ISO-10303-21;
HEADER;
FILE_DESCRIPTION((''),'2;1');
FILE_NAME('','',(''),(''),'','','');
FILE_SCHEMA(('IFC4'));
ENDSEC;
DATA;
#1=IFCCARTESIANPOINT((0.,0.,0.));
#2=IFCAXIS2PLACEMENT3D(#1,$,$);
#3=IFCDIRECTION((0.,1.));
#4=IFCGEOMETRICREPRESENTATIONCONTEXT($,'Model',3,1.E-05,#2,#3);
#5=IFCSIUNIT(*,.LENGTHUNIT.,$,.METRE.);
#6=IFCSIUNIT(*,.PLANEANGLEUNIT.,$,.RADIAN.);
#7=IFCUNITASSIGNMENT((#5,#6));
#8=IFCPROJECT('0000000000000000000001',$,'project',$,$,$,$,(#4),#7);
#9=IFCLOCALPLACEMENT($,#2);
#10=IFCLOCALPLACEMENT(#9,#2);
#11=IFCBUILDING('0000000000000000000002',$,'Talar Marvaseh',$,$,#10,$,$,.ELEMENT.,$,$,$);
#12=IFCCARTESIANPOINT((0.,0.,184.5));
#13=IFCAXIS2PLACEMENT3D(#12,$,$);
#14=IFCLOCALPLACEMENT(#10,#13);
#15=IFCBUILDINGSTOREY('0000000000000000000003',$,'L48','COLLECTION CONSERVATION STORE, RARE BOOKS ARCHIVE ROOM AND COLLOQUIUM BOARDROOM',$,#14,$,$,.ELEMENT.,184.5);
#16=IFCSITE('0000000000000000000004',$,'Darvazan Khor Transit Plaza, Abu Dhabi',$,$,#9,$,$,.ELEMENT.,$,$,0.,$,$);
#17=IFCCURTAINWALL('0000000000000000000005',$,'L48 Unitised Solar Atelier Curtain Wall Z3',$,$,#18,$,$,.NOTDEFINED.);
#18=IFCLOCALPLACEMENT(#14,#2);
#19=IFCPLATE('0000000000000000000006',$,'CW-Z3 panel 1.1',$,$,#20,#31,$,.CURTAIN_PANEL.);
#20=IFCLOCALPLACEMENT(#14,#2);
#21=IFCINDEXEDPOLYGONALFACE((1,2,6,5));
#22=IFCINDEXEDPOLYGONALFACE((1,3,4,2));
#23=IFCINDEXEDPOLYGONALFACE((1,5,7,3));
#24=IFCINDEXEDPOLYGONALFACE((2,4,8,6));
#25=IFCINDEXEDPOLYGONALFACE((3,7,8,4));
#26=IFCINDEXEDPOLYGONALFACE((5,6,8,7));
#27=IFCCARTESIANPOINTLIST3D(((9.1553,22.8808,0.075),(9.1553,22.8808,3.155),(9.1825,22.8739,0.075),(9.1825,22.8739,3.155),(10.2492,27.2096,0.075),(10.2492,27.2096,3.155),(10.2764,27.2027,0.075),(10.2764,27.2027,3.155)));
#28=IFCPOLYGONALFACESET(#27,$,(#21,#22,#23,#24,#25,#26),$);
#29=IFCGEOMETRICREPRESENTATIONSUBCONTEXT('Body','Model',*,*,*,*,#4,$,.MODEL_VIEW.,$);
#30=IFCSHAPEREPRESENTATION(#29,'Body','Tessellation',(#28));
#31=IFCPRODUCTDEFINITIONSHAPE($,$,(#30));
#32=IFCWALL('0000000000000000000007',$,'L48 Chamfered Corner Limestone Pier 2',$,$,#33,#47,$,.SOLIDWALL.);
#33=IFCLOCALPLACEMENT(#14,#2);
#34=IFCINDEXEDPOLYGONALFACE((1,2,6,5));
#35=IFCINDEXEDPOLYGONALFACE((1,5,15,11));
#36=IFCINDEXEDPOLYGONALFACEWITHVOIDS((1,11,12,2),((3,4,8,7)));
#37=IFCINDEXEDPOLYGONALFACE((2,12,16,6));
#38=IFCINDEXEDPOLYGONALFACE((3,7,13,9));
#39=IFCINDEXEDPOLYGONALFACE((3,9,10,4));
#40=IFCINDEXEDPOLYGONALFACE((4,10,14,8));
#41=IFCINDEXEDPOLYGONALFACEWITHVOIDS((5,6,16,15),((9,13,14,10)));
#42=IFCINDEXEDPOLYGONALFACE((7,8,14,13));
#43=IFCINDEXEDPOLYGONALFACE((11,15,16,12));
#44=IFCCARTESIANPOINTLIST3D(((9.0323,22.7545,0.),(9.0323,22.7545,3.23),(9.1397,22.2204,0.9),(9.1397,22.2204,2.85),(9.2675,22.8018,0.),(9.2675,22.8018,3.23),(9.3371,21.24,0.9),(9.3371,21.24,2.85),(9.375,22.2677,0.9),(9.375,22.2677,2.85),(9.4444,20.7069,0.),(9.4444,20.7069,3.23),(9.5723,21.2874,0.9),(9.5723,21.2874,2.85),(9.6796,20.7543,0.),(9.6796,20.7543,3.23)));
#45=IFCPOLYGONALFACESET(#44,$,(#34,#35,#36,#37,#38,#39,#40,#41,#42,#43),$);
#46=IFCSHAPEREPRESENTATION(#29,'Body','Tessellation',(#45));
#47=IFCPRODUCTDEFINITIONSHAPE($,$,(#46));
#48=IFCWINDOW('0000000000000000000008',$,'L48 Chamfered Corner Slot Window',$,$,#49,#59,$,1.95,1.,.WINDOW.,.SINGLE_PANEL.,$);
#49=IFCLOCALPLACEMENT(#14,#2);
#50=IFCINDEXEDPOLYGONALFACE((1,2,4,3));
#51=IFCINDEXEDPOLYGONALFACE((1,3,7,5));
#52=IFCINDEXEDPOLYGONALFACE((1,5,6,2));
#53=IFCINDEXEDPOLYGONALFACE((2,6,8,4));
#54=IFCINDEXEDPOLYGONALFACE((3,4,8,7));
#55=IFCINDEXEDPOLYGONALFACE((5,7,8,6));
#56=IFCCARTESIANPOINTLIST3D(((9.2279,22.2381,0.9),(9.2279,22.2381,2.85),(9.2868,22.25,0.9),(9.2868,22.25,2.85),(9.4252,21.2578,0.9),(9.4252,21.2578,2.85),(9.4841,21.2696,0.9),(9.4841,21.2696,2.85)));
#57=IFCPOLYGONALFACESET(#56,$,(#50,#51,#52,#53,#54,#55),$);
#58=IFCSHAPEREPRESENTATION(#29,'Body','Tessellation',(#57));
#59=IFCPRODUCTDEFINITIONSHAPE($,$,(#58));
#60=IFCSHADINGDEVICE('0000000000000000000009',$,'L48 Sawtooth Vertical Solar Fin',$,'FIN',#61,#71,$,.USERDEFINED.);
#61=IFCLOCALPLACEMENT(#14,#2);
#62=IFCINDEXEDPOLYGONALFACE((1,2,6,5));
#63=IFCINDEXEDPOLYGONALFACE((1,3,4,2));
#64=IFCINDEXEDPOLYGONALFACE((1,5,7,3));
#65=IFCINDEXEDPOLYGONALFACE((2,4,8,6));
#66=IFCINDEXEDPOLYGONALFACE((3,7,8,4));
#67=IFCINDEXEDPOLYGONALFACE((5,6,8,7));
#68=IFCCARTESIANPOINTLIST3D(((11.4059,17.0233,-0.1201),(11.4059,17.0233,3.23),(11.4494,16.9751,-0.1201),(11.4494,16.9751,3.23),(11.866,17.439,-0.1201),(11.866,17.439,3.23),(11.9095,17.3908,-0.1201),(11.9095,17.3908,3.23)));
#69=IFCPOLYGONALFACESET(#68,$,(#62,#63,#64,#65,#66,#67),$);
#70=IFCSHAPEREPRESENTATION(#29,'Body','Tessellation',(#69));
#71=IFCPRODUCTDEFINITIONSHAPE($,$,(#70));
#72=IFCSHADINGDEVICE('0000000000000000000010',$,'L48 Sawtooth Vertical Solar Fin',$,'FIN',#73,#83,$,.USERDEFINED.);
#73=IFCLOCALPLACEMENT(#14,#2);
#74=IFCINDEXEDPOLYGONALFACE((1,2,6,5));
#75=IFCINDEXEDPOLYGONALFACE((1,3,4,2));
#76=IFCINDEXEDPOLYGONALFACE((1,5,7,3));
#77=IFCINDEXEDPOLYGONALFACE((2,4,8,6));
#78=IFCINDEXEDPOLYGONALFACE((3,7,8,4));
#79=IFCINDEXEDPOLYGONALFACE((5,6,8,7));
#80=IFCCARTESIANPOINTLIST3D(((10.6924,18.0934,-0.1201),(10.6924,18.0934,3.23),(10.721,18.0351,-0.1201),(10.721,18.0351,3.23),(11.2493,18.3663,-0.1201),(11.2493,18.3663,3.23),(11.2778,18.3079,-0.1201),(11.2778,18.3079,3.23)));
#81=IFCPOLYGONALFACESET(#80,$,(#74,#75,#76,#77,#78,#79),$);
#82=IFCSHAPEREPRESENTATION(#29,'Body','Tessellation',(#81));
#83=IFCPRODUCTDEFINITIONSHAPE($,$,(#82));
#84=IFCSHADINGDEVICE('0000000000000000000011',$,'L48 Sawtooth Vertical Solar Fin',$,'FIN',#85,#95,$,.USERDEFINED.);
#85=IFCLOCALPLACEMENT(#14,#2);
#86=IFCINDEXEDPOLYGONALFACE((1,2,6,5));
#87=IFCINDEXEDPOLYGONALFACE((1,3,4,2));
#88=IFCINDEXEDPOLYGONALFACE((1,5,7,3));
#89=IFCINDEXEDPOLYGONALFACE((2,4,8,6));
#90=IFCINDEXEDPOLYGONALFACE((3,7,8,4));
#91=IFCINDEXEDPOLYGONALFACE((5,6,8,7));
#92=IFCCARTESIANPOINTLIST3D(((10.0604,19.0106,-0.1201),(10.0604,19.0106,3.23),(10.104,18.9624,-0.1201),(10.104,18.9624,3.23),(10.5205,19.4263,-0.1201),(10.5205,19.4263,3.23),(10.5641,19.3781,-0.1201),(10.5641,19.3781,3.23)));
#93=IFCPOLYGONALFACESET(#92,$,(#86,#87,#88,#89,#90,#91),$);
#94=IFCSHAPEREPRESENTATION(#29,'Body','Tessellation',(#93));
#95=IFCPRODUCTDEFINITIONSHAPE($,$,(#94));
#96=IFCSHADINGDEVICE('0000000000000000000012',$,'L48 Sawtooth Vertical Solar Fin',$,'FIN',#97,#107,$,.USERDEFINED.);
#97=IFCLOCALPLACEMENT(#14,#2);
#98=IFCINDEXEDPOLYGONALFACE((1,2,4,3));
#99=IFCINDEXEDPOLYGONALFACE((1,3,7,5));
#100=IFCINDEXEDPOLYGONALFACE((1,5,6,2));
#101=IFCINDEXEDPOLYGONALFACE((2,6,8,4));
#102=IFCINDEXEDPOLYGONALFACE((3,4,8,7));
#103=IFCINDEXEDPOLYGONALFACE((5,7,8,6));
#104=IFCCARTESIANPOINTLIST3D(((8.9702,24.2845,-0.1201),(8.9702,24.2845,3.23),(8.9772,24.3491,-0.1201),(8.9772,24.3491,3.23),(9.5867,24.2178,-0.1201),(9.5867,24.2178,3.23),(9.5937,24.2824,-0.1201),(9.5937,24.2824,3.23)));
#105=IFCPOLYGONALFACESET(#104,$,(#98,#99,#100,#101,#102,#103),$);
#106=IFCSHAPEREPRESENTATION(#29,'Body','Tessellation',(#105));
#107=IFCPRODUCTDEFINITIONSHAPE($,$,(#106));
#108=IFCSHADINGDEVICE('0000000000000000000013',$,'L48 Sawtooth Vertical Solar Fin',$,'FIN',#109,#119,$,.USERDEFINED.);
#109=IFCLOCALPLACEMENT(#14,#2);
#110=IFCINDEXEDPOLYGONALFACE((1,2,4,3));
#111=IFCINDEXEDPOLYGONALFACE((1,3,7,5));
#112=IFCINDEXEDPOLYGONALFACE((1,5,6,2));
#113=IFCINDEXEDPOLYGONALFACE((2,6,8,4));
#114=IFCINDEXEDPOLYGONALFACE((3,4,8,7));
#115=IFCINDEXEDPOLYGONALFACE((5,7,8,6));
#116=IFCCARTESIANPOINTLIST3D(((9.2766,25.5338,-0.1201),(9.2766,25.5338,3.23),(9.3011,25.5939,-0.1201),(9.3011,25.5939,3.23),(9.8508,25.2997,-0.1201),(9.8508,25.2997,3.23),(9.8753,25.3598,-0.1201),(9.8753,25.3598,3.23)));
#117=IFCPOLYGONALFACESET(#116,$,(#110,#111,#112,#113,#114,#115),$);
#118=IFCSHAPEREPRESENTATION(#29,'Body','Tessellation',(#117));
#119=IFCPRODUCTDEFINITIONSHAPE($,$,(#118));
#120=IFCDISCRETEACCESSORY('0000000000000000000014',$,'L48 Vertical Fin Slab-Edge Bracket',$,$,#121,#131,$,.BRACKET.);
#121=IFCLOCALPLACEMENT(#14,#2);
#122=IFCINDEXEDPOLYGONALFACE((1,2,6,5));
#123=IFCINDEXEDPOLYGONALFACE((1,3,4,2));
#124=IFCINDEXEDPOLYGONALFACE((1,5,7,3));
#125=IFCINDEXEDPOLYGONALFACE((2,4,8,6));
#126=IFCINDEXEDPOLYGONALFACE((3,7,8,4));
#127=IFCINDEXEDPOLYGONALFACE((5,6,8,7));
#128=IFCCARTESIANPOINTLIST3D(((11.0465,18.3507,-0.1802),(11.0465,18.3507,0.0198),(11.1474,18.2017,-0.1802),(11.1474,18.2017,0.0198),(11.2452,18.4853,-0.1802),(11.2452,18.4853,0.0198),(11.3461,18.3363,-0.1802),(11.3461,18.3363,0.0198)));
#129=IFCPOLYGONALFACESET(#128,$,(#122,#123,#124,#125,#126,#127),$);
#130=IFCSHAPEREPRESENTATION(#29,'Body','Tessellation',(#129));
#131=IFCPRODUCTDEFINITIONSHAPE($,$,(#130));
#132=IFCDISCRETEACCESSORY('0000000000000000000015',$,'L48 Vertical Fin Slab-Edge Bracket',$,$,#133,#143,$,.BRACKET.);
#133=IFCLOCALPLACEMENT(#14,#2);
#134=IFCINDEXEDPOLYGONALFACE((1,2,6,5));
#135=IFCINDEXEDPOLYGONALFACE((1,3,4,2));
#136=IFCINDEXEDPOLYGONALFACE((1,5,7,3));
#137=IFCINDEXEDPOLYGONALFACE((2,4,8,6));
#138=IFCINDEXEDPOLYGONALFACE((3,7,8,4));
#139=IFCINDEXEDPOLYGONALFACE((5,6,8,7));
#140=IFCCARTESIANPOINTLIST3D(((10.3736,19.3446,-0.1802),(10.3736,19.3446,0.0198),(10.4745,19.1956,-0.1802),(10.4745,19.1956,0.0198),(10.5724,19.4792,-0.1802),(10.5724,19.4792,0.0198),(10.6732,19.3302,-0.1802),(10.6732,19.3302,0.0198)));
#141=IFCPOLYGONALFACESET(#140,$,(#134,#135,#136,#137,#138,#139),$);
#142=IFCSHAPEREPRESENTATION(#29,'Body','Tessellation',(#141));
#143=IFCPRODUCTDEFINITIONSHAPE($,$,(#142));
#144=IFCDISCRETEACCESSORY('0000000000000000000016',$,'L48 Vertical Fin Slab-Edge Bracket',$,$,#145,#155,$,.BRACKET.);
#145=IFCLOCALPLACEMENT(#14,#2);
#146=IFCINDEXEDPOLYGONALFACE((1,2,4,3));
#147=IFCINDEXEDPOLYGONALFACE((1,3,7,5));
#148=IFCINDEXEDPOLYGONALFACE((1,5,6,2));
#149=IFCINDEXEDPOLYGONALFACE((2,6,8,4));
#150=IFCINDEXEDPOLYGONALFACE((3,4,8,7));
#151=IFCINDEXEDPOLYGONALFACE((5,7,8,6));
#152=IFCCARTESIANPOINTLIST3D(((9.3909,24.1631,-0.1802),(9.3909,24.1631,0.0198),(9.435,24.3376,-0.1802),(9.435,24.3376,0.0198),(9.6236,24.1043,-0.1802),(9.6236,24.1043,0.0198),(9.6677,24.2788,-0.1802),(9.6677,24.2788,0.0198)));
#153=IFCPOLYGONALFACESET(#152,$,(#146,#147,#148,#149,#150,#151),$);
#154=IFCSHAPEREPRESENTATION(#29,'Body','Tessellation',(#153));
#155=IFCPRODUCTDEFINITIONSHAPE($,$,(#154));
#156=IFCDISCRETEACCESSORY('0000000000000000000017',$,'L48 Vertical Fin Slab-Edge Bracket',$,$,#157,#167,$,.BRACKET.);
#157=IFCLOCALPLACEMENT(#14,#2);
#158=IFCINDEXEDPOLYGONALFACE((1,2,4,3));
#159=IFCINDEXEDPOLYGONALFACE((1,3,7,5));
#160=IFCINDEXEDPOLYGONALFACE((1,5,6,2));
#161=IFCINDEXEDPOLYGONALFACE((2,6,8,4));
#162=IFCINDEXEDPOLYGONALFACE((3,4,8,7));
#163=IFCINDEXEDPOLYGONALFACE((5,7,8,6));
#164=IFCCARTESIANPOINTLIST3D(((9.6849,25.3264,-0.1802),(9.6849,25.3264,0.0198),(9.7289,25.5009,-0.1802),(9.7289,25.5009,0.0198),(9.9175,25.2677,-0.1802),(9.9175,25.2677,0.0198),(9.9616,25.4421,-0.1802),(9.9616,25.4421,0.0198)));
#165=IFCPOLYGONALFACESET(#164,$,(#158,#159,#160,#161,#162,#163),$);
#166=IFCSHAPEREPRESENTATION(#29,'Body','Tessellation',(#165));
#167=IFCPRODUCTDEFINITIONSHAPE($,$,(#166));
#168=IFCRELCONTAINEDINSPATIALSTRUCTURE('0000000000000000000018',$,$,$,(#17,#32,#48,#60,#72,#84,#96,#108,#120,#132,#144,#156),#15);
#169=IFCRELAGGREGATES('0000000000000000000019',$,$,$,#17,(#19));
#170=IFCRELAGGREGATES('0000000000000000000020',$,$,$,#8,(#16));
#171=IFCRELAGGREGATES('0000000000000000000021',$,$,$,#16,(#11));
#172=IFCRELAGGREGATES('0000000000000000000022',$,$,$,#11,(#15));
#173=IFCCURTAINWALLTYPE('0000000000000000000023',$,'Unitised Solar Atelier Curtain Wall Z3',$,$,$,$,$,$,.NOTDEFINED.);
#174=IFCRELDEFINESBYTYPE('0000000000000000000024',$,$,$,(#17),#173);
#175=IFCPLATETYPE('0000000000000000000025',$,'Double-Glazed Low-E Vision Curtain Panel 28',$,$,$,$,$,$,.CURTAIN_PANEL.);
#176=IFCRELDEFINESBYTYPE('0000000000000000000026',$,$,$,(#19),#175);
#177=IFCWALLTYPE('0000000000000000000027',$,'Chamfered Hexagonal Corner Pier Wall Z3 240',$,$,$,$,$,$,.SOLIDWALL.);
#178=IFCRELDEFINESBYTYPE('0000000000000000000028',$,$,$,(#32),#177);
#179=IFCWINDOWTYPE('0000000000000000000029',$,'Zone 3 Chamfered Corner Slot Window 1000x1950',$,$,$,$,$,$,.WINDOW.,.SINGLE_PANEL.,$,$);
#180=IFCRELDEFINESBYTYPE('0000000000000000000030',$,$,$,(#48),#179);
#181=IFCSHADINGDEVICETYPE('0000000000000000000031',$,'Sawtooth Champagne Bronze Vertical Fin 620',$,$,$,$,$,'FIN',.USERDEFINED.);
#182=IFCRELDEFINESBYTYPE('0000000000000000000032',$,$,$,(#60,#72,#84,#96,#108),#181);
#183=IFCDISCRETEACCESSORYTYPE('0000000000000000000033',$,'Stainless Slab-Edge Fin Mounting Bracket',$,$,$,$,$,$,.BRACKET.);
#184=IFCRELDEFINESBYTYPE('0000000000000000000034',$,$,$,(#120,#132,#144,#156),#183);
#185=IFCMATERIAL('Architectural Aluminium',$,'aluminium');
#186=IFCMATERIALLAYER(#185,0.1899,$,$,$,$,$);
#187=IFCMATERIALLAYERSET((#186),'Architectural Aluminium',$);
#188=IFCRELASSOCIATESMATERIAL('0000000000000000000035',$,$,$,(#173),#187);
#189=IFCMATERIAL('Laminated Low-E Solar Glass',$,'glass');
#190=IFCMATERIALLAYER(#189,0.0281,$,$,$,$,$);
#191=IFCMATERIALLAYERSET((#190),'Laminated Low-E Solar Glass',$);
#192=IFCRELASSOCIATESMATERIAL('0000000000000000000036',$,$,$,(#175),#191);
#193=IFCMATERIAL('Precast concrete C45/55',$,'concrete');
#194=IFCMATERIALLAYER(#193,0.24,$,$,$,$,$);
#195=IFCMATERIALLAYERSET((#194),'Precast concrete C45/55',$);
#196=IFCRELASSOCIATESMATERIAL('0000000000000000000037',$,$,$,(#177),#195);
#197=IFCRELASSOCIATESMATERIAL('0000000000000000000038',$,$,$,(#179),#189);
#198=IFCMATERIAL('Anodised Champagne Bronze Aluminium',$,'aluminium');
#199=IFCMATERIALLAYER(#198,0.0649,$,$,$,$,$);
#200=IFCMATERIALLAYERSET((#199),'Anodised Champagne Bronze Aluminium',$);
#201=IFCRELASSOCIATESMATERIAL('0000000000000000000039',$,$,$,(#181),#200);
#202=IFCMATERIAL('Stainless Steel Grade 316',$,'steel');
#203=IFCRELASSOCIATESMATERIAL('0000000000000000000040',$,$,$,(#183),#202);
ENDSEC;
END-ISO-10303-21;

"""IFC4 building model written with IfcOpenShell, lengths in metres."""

from ifc_helpers import new_model, si_unit, direction, frame, frame_2d, origin, origin_2d, place, context, subcontext, project, spatial, rectangle, extrude, source, transform, mapped, material, layer, layer_set, type_object, type_shapes, element, fill, aggregate, save


model = new_model("IFC4")

# Units and contexts
model_context = context("Model", 3, precision=1e-05, world=origin(), true_north=direction((0.0, 1.0)))
body_context = subcontext(model_context, "Body", "Model", "MODEL_VIEW")
ifc_project = project(units=[si_unit("LENGTHUNIT", "METRE"), si_unit("PLANEANGLEUNIT", "RADIAN")], contexts=[model_context])

# Site, building, storey
site_placement = place(None, origin())
site = spatial("IfcSite", under=ifc_project, at=site_placement, Name="Darvazan Khor Transit Plaza, Abu Dhabi", CompositionType="ELEMENT", RefElevation=0.0)
building_placement = place(site_placement, origin())
building = spatial("IfcBuilding", under=site, at=building_placement, Name="Talar Marvaseh", CompositionType="ELEMENT")
storey_placement = place(building_placement, frame((0.0, 0.0, 184.5)))
storey = spatial("IfcBuildingStorey", under=building, at=storey_placement, Name="L48", Description="COLLECTION CONSERVATION STORE, RARE BOOKS ARCHIVE ROOM AND COLLOQUIUM BOARDROOM", CompositionType="ELEMENT", Elevation=184.5)

# Shared definitions
ifc_material_1 = material(Name="Architectural Aluminium", Category="aluminium")
ifc_layer_1 = layer(ifc_material_1, 0.1899)
ifc_layer_set_1 = layer_set([ifc_layer_1], Name="Architectural Aluminium")
curtain_wall_type = type_object("IfcCurtainWallType", Name="Unitised Solar Atelier Curtain Wall Z3", PredefinedType="NOTDEFINED", material=ifc_layer_set_1)

# Curtain wall
curtain_wall_1_placement = place(storey_placement, origin())
curtain_wall_1 = element("IfcCurtainWall", 1, at=curtain_wall_1_placement, inside=storey, type_object=curtain_wall_type, Name="L48 Unitised Solar Atelier Curtain Wall Z3", PredefinedType="NOTDEFINED")

# Plate
ifc_material_2 = material(Name="Laminated Low-E Solar Glass", Category="glass")
ifc_layer_2 = layer(ifc_material_2, 0.0281)
ifc_layer_set_2 = layer_set([ifc_layer_2], Name="Laminated Low-E Solar Glass")
plate_type = type_object("IfcPlateType", Name="Double-Glazed Low-E Vision Curtain Panel 28", PredefinedType="CURTAIN_PANEL", material=ifc_layer_set_2)
shared_shape_1 = source(origin(), body_context, "Body", "SweptSolid", [
    extrude(rectangle(XDim=4.4648, YDim=0.0281, at=origin_2d()), origin(), (0.0, 0.0, 1.0), 3.0801),
])
plate_1_placement = place(storey_placement, frame((9.7158, 25.0417, 0.075), z_axis=(0.0, 0.0, 1.0), x_axis=(0.245002, 0.969522, 0.0)))
plate_1 = element("IfcPlate", 2, at=plate_1_placement, type_object=plate_type, Name="CW-Z3 panel 1.1", PredefinedType="CURTAIN_PANEL", context=body_context, shape_type="MappedRepresentation", body=[
    mapped(shared_shape_1, transform((0.0, 0.0, 0.0), x_axis=(1.0, 0.0, 0.0), y_axis=(0.0, 1.0, 0.0), z_axis=(0.0, 0.0, 1.0), scale=1.0)),
])
aggregate(curtain_wall_1, [plate_1])

# Wall, opening, window
ifc_material_3 = material(Name="Precast concrete C45/55", Category="concrete")
ifc_layer_3 = layer(ifc_material_3, 0.24)
ifc_layer_set_3 = layer_set([ifc_layer_3], Name="Precast concrete C45/55")
wall_type = type_object("IfcWallType", Name="Chamfered Hexagonal Corner Pier Wall Z3 240", PredefinedType="SOLIDWALL", material=ifc_layer_set_3)
wall_placement = place(storey_placement, frame((9.562, 20.7305, 0.0), z_axis=(0.0, 0.0, 1.0), x_axis=(-0.197307, 0.980342, 0.0)))
wall = element("IfcWall", 3, at=wall_placement, inside=storey, type_object=wall_type, Name="L48 Chamfered Corner Limestone Pier 2", PredefinedType="SOLIDWALL", context=body_context, shape_type="SweptSolid", body=[
    extrude(rectangle(XDim=2.0886, YDim=0.24, at=frame_2d((1.0444, 0.0))), origin(), (0.0, 0.0, 1.0), 3.23),
])
opening_placement = place(wall_placement, frame((0.5439, 0.0, 0.8999)))
opening = element("IfcOpeningElement", 4, at=opening_placement, cuts=wall, PredefinedType="OPENING", context=body_context, shape_type="SweptSolid", body=[
    extrude(rectangle(XDim=1.0, YDim=1.95, at=frame_2d((0.5, 0.9751))), frame((0.0, 0.1299, 0.0), z_axis=(0.0, -1.0, 0.0), x_axis=(1.0, 0.0, 0.0)), (0.0, 0.0, 1.0), 0.26),
])
window_type = type_object("IfcWindowType", Name="Zone 3 Chamfered Corner Slot Window 1000x1950", PartitioningType="SINGLE_PANEL", PredefinedType="WINDOW", material=ifc_material_2)
shared_shape_2 = source(origin(), body_context, "Body", "SweptSolid", [
    extrude(rectangle(XDim=1.0, YDim=1.95, at=frame_2d((0.5, 0.9751))), frame((0.0, 0.03, 0.0), z_axis=(0.0, -1.0, 0.0), x_axis=(1.0, 0.0, 0.0)), (0.0, 0.0, 1.0), 0.0601),
])
type_shapes(window_type, [shared_shape_2])
window_placement = place(opening_placement, origin())
window = element("IfcWindow", 5, at=window_placement, inside=storey, type_object=window_type, Name="L48 Chamfered Corner Slot Window", OverallHeight=1.95, OverallWidth=1.0, PartitioningType="SINGLE_PANEL", PredefinedType="WINDOW", context=body_context, shape_type="MappedRepresentation", body=[
    mapped(shared_shape_2, transform((0.0, 0.0, 0.0), x_axis=(1.0, 0.0, 0.0), y_axis=(0.0, 1.0, 0.0), z_axis=(0.0, 0.0, 1.0), scale=1.0)),
])
fill(opening, window)

# Shading devices
ifc_material_4 = material(Name="Anodised Champagne Bronze Aluminium", Category="aluminium")
ifc_layer_4 = layer(ifc_material_4, 0.0649)
ifc_layer_set_4 = layer_set([ifc_layer_4], Name="Anodised Champagne Bronze Aluminium")
shading_device_type = type_object("IfcShadingDeviceType", Name="Sawtooth Champagne Bronze Vertical Fin 620", ElementType="FIN", PredefinedType="USERDEFINED", material=ifc_layer_set_4)
shared_shape_3 = source(origin(), body_context, "Body", "SweptSolid", [
    extrude(rectangle(XDim=0.6201, YDim=0.0649, at=origin_2d()), origin(), (0.0, 0.0, 1.0), 3.3501),
])
type_shapes(shading_device_type, [shared_shape_3])
for number, where, z_axis, x_axis, name in (
    (6, (11.6577, 17.207, -0.1201), (0.0, 0.0, 1.0), (-0.741976, -0.670427, 0.0), "L48 Sawtooth Vertical Solar Fin"),
    (7, (10.9851, 18.2007, -0.1201), (0.0, 0.0, 1.0), (-0.898028, -0.439939, 0.0), "L48 Sawtooth Vertical Solar Fin"),
    (8, (10.3123, 19.1943, -0.1201), (0.0, 0.0, 1.0), (-0.741976, -0.670427, 0.0), "L48 Sawtooth Vertical Solar Fin"),
    (9, (9.282, 24.2834, -0.1201), (0.0, 0.0, 1.0), (-0.994189, 0.107652, 0.0), "L48 Sawtooth Vertical Solar Fin"),
    (10, (9.5759, 25.4468, -0.1201), (0.0, 0.0, 1.0), (-0.926002, 0.377518, 0.0), "L48 Sawtooth Vertical Solar Fin"),
):
    element("IfcShadingDevice", number, at=place(storey_placement, frame(where, z_axis=z_axis, x_axis=x_axis)), inside=storey, type_object=shading_device_type, Name=name, ObjectType="FIN", PredefinedType="USERDEFINED", context=body_context, shape_type="MappedRepresentation", body=[
        mapped(shared_shape_3, transform((0.0, 0.0, 0.0), x_axis=(1.0, 0.0, 0.0), y_axis=(0.0, 1.0, 0.0), z_axis=(0.0, 0.0, 1.0), scale=1.0)),
    ])

# Discrete accessories
ifc_material_5 = material(Name="Stainless Steel Grade 316", Category="steel")
discrete_accessory_type = type_object("IfcDiscreteAccessoryType", Name="Stainless Slab-Edge Fin Mounting Bracket", PredefinedType="BRACKET", material=ifc_material_5)
shared_shape_4 = source(origin(), body_context, "Body", "SweptSolid", [
    extrude(rectangle(XDim=0.24, YDim=0.1799, at=origin_2d()), origin(), (0.0, 0.0, 1.0), 0.2),
])
type_shapes(discrete_accessory_type, [shared_shape_4])
for number, where, z_axis, x_axis, name in (
    (11, (11.1963, 18.3435, -0.1802), (0.0, 0.0, 1.0), (-0.82806, -0.560639, 0.0), "L48 Vertical Fin Slab-Edge Bracket"),
    (12, (10.5234, 19.3374, -0.1802), (0.0, 0.0, 1.0), (-0.82806, -0.560639, 0.0), "L48 Vertical Fin Slab-Edge Bracket"),
    (13, (9.5293, 24.2209, -0.1802), (0.0, 0.0, 1.0), (-0.969531, 0.244969, 0.0), "L48 Vertical Fin Slab-Edge Bracket"),
    (14, (9.8232, 25.3843, -0.1802), (0.0, 0.0, 1.0), (-0.969531, 0.244969, 0.0), "L48 Vertical Fin Slab-Edge Bracket"),
):
    element("IfcDiscreteAccessory", number, at=place(storey_placement, frame(where, z_axis=z_axis, x_axis=x_axis)), inside=storey, type_object=discrete_accessory_type, Name=name, PredefinedType="BRACKET", context=body_context, shape_type="MappedRepresentation", body=[
        mapped(shared_shape_4, transform((0.0, 0.0, 0.0), x_axis=(1.0, 0.0, 0.0), y_axis=(0.0, 1.0, 0.0), z_axis=(0.0, 0.0, 1.0), scale=1.0)),
    ])

save(model, "model.ifc")
